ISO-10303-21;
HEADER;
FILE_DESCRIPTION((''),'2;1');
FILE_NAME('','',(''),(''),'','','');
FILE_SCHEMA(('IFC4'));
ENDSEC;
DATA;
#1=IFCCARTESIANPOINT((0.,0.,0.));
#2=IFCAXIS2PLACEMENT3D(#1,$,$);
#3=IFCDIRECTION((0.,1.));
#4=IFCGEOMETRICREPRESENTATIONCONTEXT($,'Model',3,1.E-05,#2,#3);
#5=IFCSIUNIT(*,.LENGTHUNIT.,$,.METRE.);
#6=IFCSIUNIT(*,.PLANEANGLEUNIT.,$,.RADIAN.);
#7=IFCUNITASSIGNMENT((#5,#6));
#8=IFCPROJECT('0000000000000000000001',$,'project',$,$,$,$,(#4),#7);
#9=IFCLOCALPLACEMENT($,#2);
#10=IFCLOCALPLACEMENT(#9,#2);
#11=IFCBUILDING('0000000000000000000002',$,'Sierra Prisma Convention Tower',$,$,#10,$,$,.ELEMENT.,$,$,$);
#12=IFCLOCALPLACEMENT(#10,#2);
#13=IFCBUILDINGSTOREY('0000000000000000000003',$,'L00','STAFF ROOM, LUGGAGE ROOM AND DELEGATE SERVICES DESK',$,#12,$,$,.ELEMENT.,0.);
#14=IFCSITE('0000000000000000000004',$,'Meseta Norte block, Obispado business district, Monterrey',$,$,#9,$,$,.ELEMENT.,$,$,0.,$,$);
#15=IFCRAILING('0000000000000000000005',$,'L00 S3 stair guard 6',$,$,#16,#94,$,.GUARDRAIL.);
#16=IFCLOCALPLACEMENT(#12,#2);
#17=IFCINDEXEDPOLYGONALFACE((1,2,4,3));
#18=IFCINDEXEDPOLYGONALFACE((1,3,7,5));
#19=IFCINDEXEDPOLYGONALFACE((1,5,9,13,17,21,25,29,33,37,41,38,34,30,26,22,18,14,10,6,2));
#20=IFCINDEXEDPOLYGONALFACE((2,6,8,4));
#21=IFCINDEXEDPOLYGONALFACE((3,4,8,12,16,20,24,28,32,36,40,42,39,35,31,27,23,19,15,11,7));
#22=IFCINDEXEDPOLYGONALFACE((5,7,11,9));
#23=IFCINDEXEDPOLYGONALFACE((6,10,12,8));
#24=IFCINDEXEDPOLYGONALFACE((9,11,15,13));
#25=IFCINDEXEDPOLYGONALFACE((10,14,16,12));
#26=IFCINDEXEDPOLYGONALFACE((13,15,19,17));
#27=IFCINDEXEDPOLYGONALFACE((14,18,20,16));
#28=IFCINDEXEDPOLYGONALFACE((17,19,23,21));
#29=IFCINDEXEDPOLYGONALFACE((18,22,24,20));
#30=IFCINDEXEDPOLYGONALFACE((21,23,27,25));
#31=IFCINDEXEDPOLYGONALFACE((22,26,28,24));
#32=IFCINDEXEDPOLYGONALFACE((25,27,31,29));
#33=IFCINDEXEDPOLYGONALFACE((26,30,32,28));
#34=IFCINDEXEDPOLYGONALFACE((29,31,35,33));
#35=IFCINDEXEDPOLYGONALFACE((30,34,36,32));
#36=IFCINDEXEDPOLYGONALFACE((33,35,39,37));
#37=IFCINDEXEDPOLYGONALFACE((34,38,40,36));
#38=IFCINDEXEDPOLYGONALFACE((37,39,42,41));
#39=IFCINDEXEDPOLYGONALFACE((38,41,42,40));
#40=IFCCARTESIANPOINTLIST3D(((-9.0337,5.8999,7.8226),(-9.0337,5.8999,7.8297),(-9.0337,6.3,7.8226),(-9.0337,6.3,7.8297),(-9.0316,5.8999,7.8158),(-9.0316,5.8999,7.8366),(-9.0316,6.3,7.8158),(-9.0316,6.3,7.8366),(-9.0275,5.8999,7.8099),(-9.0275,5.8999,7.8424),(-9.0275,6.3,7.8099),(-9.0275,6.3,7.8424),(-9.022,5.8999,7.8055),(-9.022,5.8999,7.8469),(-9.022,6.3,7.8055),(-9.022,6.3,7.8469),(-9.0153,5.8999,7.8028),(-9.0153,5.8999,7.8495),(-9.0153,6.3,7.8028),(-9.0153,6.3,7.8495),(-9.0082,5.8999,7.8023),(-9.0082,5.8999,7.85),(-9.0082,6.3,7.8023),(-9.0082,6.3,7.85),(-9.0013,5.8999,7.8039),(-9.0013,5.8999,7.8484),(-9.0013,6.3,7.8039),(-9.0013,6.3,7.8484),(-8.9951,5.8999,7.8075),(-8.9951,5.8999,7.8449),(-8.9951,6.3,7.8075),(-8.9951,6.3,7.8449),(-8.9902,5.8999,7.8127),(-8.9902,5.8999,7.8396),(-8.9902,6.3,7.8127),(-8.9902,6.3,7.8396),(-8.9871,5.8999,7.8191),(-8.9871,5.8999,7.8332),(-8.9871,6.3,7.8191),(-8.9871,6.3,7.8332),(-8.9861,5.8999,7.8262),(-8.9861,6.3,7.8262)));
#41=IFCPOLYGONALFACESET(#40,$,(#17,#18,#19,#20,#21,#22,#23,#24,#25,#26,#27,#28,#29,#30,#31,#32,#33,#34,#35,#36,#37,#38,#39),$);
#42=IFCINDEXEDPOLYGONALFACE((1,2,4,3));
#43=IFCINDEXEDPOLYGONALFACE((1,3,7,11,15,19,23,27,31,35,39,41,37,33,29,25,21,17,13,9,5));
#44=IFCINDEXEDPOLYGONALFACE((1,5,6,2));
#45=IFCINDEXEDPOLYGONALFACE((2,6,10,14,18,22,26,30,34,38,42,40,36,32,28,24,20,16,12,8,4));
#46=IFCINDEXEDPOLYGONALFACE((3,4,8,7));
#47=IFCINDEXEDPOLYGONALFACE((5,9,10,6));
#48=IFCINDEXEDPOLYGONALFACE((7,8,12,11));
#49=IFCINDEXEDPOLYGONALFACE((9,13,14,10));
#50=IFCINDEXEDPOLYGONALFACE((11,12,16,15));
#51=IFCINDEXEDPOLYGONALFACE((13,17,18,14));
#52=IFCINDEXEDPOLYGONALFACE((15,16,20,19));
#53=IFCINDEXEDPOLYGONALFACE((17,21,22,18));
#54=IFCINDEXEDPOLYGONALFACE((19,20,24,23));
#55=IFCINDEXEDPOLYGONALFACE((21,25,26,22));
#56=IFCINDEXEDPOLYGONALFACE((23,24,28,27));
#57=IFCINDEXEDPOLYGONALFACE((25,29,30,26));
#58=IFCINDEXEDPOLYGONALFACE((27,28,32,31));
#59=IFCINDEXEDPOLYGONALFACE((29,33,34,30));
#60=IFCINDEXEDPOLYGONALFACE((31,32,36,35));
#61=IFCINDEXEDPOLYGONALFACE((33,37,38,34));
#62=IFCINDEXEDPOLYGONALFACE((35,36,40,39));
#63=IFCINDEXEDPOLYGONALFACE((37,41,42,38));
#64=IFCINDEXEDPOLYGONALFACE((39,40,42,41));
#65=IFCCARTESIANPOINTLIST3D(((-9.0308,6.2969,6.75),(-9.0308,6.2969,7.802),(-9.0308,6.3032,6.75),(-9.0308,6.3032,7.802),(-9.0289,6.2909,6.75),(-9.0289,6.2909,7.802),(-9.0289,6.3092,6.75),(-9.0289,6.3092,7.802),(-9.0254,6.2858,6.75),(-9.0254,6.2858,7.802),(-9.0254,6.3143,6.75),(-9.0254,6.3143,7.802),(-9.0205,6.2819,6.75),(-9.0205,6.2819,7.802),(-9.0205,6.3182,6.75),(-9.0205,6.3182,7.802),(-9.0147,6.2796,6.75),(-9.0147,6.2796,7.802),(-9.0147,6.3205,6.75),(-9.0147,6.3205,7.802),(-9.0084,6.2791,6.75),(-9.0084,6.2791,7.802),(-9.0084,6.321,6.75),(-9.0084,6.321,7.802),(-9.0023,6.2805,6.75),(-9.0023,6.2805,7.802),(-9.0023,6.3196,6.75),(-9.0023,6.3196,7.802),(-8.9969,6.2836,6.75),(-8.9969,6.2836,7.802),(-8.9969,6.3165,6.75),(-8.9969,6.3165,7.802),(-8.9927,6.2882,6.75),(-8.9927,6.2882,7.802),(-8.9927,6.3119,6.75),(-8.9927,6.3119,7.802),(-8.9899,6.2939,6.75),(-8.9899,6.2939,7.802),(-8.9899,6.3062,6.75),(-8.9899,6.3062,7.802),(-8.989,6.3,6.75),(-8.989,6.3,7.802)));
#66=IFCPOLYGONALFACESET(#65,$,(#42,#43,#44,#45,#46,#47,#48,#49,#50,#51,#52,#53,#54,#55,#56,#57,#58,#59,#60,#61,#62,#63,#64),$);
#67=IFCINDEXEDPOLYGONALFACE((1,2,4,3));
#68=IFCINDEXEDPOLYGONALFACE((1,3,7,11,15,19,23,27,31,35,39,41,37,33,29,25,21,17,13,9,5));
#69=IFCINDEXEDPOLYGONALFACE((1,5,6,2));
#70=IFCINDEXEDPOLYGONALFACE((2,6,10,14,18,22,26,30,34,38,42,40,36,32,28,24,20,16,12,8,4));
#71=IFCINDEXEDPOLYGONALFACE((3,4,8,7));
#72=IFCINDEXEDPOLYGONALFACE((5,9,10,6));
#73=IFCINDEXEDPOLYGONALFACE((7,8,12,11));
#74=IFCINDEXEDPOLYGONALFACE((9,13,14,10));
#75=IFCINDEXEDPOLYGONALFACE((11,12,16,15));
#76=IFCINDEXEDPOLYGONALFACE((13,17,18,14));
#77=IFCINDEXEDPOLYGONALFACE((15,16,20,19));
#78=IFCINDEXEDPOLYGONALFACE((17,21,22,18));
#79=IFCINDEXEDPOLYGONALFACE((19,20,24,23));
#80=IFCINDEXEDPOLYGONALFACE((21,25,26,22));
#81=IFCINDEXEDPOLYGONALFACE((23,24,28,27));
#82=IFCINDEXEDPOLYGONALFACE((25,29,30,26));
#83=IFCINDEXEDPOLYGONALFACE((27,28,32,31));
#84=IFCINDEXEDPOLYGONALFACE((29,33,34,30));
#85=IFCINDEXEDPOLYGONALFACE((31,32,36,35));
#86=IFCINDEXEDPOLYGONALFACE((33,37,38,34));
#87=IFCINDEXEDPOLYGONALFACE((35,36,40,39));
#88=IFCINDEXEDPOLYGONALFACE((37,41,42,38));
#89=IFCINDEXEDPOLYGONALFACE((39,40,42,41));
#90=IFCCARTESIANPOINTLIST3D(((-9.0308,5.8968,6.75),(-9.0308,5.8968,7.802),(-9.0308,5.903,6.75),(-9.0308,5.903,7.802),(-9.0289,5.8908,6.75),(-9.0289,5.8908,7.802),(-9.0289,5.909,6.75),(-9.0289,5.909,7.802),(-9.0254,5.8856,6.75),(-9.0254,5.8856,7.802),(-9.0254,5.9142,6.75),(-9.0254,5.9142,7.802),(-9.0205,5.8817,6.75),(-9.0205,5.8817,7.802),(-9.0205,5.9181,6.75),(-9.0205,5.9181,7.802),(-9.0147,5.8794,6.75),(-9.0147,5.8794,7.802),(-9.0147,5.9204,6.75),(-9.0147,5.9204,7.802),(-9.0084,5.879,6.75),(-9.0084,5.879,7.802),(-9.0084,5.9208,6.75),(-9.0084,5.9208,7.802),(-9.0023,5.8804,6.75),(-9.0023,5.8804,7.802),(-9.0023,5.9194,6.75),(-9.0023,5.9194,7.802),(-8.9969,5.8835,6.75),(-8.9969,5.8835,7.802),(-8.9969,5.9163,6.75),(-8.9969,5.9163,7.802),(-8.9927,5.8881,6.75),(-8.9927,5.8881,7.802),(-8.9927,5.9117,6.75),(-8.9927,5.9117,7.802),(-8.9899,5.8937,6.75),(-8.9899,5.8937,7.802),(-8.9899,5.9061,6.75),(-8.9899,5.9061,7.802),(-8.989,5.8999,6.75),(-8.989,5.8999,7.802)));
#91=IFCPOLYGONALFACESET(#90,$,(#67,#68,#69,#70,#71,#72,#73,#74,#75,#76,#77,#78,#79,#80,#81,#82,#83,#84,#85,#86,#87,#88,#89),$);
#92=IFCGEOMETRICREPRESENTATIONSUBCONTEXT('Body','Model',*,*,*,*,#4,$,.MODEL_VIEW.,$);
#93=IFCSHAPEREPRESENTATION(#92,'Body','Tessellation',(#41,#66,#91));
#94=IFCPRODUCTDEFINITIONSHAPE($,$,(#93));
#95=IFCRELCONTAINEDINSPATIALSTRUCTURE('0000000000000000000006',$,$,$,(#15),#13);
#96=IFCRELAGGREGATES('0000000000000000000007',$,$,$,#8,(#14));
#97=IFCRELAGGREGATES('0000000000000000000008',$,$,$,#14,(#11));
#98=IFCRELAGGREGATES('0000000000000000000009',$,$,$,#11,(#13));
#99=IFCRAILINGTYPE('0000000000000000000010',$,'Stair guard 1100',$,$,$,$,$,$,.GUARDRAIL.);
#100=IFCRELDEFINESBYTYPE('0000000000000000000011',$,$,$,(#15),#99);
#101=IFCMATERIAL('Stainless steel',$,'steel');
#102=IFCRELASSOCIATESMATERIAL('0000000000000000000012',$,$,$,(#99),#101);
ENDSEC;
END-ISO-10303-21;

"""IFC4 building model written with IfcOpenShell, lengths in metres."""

from ifc_helpers import new_model, si_unit, direction, frame, origin, origin_2d, place, context, subcontext, project, spatial, circle, extrude, material, type_object, element, save


model = new_model("IFC4")

# Units and contexts
model_context = context("Model", 3, precision=1e-05, world=origin(), true_north=direction((0.0, 1.0)))
body_context = subcontext(model_context, "Body", "Model", "MODEL_VIEW")
ifc_project = project(units=[si_unit("LENGTHUNIT", "METRE"), si_unit("PLANEANGLEUNIT", "RADIAN")], contexts=[model_context])

# Site, building, storey
site_placement = place(None, origin())
site = spatial("IfcSite", under=ifc_project, at=site_placement, Name="Meseta Norte block, Obispado business district, Monterrey", CompositionType="ELEMENT", RefElevation=0.0)
building_placement = place(site_placement, origin())
building = spatial("IfcBuilding", under=site, at=building_placement, Name="Sierra Prisma Convention Tower", CompositionType="ELEMENT")
storey_placement = place(building_placement, origin())
storey = spatial("IfcBuildingStorey", under=building, at=storey_placement, Name="L00", Description="STAFF ROOM, LUGGAGE ROOM AND DELEGATE SERVICES DESK", CompositionType="ELEMENT", Elevation=0.0)

# Railing
ifc_material_1 = material(Name="Stainless steel", Category="steel")
railing_type_1 = type_object("IfcRailingType", Name="Stair guard 1100", PredefinedType="GUARDRAIL", material=ifc_material_1)
railing_1_placement = place(storey_placement, frame((-9.01, 6.3, 6.75)))
element("IfcRailing", 1, at=railing_1_placement, inside=storey, type_object=railing_type_1, Name="L00 S3 stair guard 6", PredefinedType="GUARDRAIL", context=body_context, shape_type="SweptSolid", body=[
    extrude(circle(Radius=0.0239, at=origin_2d()), frame((0.0, 0.0, 1.0762), z_axis=(0.0, -1.0, 0.0), x_axis=(1.0, 0.0, 0.0)), (0.0, 0.0, 1.0), 0.4001),
    extrude(circle(Radius=0.021, at=origin_2d()), origin(), (0.0, 0.0, 1.0), 1.052),
    extrude(circle(Radius=0.021, at=origin_2d()), frame((0.0, -0.4001, 0.0)), (0.0, 0.0, 1.0), 1.052),
])

save(model, "model.ifc")
